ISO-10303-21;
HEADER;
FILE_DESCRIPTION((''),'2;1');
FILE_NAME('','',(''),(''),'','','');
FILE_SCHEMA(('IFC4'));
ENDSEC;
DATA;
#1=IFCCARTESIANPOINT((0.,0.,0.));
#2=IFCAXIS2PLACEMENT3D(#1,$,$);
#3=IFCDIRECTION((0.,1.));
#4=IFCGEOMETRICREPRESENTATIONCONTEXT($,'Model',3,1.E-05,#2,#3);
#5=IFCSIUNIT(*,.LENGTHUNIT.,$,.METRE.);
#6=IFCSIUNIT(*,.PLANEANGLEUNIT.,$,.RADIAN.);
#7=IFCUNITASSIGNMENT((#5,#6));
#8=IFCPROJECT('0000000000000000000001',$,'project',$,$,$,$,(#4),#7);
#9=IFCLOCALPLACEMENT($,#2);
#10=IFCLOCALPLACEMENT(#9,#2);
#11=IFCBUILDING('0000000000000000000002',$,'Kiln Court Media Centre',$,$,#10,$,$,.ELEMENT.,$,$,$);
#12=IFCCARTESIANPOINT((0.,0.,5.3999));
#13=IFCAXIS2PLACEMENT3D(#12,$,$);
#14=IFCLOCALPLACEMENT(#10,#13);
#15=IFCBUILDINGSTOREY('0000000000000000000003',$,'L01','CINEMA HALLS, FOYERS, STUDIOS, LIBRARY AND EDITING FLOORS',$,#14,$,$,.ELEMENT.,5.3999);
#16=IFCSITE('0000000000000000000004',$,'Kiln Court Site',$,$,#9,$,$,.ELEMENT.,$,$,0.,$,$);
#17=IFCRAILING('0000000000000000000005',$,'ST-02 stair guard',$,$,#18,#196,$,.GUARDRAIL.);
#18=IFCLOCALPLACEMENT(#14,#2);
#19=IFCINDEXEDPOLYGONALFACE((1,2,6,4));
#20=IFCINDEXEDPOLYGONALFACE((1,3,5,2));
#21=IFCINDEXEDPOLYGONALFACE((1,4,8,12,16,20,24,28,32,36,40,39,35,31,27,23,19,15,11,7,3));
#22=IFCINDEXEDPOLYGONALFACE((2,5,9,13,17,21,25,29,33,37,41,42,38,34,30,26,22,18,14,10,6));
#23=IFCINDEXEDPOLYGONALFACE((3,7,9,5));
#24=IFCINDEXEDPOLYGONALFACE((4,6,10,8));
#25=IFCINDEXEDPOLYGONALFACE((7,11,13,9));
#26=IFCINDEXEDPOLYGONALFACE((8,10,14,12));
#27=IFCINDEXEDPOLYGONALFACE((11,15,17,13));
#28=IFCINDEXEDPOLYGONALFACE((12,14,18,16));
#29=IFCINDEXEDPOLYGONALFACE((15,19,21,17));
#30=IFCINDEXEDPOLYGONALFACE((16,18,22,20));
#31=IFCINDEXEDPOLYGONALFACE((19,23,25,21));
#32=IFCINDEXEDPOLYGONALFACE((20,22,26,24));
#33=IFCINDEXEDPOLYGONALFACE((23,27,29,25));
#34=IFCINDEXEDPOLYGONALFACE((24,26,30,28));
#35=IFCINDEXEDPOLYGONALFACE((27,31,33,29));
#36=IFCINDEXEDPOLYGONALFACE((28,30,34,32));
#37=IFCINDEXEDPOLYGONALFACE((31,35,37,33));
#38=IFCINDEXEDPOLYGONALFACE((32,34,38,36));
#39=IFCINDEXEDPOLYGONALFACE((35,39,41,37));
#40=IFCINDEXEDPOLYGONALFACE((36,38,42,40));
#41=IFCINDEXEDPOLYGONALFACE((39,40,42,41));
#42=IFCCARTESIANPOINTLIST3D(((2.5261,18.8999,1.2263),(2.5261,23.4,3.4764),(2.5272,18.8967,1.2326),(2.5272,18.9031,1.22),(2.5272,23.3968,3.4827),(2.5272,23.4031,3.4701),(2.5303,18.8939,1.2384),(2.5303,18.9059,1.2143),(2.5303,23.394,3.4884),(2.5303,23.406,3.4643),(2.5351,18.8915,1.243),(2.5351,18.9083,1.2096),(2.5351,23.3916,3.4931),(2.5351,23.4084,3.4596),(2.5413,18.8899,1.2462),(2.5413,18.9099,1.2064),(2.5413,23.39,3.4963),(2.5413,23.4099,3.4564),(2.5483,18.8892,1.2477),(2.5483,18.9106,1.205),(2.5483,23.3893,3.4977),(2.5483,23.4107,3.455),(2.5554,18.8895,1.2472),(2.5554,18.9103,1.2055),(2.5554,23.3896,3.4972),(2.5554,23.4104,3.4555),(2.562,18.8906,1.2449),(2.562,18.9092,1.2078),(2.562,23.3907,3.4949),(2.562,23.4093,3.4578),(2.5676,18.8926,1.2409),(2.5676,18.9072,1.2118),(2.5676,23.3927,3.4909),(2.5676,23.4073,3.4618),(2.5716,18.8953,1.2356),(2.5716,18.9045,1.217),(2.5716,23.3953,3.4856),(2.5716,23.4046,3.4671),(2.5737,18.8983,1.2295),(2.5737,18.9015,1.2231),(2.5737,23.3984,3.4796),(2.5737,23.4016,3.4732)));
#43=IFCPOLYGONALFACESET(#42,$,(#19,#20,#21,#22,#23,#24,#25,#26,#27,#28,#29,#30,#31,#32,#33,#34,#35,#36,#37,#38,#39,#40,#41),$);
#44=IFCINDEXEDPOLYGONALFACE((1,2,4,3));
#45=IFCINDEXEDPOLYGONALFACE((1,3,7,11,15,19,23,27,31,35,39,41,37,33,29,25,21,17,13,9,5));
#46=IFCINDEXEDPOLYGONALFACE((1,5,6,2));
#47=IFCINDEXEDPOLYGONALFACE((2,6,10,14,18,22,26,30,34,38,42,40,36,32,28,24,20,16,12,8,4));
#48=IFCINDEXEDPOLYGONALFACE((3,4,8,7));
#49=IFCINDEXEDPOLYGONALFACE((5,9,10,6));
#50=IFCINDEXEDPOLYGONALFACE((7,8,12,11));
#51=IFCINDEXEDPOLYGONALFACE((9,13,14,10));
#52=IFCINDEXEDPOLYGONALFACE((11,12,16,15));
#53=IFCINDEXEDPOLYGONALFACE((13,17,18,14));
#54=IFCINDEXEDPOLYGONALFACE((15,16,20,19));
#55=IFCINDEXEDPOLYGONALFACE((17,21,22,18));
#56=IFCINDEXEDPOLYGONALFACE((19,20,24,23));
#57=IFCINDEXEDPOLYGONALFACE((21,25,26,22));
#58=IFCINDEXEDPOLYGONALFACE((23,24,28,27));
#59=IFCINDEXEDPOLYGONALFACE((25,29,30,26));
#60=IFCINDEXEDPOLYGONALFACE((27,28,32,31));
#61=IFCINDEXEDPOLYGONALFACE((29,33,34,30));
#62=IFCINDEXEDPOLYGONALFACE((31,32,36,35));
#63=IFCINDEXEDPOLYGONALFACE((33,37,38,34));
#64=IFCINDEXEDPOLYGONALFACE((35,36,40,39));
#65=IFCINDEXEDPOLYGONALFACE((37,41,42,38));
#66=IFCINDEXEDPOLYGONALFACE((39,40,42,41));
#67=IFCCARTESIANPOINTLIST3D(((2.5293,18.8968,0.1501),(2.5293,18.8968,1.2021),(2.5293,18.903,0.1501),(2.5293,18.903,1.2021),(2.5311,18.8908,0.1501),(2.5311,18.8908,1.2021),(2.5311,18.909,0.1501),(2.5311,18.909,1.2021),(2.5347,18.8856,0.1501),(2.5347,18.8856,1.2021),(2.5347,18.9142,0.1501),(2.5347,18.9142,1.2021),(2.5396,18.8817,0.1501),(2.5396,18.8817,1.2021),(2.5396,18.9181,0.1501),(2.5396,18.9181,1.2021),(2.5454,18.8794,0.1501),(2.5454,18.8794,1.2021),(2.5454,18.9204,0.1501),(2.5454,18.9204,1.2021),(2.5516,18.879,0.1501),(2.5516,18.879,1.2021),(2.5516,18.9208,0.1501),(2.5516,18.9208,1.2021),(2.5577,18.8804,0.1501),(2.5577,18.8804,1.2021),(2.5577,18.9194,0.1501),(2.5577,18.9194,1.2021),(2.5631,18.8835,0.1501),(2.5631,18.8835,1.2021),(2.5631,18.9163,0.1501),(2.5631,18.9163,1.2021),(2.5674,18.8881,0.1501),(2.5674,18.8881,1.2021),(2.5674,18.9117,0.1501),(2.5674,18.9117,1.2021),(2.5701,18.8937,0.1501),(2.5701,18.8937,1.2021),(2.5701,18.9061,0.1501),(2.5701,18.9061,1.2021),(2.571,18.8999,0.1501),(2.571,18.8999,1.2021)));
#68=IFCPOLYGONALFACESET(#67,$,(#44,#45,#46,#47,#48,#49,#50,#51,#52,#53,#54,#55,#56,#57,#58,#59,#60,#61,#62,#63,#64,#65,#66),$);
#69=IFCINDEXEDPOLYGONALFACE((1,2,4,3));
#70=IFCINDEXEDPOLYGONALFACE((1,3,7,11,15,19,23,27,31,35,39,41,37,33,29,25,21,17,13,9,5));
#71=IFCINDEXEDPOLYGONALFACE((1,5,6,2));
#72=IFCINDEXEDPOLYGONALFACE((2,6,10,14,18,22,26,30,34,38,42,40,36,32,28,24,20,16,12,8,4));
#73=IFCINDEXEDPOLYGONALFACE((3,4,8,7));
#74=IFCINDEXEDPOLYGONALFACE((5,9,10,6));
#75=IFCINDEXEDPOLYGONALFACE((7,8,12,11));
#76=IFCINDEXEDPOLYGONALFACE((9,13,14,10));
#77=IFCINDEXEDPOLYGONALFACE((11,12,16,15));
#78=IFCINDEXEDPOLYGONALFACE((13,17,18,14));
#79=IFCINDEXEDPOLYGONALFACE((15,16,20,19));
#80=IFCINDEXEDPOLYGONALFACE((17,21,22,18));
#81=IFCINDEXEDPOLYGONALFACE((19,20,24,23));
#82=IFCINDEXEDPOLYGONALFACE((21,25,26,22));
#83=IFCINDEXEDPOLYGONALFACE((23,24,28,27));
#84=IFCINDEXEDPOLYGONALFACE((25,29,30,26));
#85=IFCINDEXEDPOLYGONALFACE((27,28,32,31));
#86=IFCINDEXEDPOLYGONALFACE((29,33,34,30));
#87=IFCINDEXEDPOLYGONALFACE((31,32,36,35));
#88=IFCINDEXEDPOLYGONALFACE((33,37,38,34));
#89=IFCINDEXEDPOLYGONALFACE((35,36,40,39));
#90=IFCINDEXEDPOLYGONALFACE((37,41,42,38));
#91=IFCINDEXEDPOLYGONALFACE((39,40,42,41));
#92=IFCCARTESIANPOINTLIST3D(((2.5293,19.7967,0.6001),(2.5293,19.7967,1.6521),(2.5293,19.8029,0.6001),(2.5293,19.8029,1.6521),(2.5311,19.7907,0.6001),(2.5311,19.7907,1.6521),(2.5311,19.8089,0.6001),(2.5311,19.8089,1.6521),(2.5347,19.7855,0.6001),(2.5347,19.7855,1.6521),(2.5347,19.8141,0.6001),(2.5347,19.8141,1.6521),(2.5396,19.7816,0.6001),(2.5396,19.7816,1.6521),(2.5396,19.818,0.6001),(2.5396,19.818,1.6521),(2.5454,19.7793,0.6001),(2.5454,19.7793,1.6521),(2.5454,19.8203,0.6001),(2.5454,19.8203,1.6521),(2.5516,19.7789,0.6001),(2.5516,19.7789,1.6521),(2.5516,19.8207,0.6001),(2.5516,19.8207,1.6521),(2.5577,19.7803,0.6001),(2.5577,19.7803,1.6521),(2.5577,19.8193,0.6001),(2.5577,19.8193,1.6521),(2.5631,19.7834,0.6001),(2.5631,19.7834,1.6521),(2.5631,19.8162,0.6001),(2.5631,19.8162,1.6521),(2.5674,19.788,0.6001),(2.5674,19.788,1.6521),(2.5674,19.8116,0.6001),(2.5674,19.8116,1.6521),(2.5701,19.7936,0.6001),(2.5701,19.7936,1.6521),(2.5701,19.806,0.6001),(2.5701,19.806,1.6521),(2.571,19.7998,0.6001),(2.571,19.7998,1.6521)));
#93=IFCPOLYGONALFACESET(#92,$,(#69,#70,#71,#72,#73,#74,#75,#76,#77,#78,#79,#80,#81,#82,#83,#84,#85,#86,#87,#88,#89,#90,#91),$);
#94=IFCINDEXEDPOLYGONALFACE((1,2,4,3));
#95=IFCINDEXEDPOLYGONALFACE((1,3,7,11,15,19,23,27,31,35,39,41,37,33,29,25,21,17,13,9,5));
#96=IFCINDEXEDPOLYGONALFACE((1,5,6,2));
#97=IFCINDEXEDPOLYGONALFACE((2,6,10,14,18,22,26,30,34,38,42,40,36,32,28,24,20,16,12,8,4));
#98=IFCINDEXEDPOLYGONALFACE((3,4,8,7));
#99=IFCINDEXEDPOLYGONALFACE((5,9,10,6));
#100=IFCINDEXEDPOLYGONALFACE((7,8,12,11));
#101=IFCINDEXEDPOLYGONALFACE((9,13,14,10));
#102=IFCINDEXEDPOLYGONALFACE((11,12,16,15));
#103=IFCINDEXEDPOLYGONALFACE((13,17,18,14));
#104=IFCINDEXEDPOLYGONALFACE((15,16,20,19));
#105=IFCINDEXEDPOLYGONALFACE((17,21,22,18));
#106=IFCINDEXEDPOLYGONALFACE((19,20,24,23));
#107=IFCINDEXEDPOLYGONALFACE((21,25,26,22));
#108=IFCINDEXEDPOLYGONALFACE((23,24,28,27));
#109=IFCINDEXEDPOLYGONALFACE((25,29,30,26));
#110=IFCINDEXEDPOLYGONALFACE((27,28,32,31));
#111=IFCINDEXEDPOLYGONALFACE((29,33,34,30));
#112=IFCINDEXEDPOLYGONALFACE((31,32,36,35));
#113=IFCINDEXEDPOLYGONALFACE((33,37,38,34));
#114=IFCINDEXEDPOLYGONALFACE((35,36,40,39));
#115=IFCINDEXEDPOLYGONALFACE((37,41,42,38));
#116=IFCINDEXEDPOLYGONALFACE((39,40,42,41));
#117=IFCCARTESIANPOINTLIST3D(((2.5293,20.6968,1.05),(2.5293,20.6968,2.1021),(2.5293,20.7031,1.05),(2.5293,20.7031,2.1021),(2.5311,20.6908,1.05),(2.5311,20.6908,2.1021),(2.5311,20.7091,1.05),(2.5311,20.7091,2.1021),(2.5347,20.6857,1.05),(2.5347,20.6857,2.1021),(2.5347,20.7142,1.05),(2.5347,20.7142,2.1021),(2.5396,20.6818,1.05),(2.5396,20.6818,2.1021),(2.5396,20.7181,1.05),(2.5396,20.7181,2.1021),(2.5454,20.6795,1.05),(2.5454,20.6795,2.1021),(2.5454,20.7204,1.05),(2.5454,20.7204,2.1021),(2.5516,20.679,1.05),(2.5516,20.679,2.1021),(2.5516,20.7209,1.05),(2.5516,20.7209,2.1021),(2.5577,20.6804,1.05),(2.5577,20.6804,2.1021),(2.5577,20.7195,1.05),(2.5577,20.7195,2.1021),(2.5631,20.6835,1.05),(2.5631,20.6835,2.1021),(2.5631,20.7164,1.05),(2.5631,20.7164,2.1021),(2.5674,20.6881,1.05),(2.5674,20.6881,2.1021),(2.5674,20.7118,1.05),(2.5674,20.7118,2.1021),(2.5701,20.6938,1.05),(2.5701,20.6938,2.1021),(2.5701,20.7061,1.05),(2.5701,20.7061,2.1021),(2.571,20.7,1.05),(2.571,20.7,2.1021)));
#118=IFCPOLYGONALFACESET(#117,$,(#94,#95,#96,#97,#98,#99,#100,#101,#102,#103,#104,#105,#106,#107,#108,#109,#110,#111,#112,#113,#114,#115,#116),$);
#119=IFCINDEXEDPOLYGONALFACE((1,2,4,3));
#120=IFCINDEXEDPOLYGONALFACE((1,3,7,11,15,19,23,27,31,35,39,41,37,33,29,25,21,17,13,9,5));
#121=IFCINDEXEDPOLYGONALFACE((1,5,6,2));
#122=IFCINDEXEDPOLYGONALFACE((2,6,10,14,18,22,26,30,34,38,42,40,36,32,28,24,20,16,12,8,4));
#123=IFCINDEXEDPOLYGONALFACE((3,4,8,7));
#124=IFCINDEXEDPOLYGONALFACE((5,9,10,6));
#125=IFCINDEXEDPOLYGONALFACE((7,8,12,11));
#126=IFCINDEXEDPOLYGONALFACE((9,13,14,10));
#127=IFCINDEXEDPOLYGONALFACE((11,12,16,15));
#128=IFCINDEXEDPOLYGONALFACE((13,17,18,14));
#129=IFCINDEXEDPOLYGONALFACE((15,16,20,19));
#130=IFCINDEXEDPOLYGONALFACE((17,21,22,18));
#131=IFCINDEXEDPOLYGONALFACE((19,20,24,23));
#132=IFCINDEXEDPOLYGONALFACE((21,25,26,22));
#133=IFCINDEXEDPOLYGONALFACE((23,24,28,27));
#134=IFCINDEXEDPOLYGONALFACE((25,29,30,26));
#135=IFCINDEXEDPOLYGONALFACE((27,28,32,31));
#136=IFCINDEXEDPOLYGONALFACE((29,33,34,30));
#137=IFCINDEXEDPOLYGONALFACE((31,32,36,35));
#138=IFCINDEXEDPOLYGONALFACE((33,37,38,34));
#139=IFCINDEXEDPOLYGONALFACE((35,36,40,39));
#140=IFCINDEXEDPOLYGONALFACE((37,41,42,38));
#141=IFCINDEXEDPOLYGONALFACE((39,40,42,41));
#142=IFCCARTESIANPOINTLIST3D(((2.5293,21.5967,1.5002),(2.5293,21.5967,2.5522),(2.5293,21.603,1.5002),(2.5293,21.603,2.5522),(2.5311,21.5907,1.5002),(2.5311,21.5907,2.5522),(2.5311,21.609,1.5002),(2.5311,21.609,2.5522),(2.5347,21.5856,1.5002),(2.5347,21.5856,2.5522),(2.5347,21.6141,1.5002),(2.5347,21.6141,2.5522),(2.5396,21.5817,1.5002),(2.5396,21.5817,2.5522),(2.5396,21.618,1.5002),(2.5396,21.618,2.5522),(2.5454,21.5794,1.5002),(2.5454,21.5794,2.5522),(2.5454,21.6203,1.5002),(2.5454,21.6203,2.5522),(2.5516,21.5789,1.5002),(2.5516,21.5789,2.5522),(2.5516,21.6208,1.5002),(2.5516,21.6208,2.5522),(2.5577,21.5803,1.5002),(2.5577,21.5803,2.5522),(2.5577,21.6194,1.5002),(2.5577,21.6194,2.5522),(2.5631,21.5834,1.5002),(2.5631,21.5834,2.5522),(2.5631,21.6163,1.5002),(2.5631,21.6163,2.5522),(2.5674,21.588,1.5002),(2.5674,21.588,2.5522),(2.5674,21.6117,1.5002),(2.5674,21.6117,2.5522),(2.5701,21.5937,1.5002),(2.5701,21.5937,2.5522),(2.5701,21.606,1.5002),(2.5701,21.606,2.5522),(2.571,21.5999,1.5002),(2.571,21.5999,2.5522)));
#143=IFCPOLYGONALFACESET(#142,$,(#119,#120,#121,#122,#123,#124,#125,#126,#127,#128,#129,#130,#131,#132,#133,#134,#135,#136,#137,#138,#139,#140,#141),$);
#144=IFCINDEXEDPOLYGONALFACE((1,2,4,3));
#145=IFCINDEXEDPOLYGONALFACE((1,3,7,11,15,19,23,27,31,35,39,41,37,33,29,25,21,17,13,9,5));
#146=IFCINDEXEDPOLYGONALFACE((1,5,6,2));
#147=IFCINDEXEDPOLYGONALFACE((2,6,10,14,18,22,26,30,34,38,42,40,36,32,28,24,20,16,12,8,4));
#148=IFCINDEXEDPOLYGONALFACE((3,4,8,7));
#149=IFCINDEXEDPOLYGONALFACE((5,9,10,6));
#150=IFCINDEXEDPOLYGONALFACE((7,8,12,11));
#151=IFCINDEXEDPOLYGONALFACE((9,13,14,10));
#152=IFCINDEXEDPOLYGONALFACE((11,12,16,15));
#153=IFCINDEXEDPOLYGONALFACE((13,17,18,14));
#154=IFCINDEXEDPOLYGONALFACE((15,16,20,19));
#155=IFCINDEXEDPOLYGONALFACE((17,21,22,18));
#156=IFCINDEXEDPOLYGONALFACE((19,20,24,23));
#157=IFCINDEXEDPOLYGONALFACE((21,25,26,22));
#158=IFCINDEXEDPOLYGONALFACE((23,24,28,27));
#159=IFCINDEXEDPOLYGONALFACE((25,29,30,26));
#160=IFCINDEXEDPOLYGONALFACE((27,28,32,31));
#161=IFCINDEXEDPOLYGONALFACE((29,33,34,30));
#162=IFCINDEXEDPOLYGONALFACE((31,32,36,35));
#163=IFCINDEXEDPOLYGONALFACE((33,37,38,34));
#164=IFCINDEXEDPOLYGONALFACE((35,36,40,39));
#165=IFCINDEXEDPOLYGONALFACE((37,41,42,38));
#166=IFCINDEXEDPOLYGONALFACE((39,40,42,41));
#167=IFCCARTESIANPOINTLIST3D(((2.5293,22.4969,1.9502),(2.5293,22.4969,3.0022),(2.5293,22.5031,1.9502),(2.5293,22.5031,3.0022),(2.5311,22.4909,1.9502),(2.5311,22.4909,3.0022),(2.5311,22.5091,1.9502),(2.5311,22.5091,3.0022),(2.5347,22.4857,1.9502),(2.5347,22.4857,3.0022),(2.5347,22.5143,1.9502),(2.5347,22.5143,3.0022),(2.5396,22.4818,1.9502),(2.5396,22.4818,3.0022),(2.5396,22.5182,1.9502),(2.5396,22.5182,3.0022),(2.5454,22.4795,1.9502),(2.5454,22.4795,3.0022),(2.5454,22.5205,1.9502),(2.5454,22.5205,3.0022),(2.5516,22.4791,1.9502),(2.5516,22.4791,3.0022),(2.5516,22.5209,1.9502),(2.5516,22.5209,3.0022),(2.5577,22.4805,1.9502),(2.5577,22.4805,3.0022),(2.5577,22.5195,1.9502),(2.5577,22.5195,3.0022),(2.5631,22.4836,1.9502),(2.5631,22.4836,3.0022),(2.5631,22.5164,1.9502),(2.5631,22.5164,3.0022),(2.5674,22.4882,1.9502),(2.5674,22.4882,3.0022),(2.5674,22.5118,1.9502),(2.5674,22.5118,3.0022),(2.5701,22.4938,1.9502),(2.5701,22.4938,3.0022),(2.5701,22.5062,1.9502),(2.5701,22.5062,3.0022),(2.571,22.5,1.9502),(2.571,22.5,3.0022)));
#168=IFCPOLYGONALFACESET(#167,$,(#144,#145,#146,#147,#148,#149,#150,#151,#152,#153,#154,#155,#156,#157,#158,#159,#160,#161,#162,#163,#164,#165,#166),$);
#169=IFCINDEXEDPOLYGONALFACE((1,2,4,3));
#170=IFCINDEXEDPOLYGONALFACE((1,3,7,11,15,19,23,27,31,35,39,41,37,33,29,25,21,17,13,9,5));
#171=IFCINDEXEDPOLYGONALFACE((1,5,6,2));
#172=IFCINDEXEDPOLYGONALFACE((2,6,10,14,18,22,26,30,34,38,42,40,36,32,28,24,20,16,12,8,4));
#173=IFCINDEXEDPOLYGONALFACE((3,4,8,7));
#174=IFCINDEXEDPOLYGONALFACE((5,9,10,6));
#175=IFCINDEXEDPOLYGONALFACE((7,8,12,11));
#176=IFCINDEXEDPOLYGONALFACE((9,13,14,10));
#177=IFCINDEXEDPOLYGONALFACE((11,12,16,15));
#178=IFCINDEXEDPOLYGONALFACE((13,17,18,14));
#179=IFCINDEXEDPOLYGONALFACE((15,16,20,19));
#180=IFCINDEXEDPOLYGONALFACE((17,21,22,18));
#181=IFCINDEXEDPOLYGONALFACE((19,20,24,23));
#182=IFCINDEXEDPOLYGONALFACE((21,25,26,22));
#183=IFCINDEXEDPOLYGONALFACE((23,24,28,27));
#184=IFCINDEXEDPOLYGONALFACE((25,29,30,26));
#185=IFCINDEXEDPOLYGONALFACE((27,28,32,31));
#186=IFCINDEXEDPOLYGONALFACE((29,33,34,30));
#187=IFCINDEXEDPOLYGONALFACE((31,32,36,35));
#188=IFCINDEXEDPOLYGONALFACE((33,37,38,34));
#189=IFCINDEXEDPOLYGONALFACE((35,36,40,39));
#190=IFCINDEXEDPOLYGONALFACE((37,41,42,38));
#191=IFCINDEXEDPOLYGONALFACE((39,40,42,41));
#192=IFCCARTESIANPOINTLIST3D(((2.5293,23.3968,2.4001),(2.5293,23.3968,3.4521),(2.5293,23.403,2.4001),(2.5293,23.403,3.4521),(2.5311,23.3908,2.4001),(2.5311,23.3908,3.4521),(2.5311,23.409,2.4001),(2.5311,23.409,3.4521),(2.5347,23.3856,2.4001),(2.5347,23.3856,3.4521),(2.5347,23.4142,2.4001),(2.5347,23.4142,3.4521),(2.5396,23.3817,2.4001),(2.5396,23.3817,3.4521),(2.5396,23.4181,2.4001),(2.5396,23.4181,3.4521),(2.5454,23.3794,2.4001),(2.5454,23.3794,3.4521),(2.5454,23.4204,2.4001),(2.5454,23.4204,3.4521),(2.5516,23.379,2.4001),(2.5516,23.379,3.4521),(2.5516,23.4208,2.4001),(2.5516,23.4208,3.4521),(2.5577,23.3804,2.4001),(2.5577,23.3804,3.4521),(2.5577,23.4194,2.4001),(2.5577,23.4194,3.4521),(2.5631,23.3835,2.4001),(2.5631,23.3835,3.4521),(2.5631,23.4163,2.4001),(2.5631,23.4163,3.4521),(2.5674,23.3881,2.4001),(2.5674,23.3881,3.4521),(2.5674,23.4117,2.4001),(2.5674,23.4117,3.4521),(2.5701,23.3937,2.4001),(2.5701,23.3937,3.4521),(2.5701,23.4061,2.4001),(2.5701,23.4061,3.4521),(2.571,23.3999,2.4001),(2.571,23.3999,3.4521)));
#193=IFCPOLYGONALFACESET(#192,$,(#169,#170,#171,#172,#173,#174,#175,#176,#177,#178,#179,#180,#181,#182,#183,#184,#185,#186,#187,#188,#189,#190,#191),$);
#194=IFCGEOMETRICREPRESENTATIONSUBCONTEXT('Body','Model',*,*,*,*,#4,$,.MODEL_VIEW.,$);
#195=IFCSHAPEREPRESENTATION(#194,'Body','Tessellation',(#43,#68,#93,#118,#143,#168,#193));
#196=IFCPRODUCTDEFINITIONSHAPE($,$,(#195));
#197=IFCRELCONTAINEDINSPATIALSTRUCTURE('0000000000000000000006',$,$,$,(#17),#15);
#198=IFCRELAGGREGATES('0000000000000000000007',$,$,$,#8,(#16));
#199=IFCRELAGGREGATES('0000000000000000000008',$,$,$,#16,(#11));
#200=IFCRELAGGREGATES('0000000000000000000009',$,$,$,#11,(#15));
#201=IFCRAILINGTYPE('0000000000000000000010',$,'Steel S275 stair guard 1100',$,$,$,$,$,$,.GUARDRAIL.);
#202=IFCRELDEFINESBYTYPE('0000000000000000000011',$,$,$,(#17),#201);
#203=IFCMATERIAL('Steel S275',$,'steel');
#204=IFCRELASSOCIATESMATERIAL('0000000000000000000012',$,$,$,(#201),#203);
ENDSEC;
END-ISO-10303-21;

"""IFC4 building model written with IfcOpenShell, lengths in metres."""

from ifc_helpers import new_model, si_unit, direction, frame, origin, origin_2d, place, context, subcontext, project, spatial, circle, extrude, material, type_object, element, save


model = new_model("IFC4")

# Units and contexts
model_context = context("Model", 3, precision=1e-05, world=origin(), true_north=direction((0.0, 1.0)))
body_context = subcontext(model_context, "Body", "Model", "MODEL_VIEW")
ifc_project = project(units=[si_unit("LENGTHUNIT", "METRE"), si_unit("PLANEANGLEUNIT", "RADIAN")], contexts=[model_context])

# Site, building, storey
site_placement = place(None, origin())
site = spatial("IfcSite", under=ifc_project, at=site_placement, Name="Kiln Court Site", CompositionType="ELEMENT", RefElevation=0.0)
building_placement = place(site_placement, origin())
building = spatial("IfcBuilding", under=site, at=building_placement, Name="Kiln Court Media Centre", CompositionType="ELEMENT")
storey_placement = place(building_placement, frame((0.0, 0.0, 5.3999)))
storey = spatial("IfcBuildingStorey", under=building, at=storey_placement, Name="L01", Description="CINEMA HALLS, FOYERS, STUDIOS, LIBRARY AND EDITING FLOORS", CompositionType="ELEMENT", Elevation=5.3999)

# Railing
ifc_material_1 = material(Name="Steel S275", Category="steel")
railing_type_1 = type_object("IfcRailingType", Name="Steel S275 stair guard 1100", PredefinedType="GUARDRAIL", material=ifc_material_1)
railing_1_placement = place(storey_placement, frame((2.55, 18.8999, 0.1501)))
element("IfcRailing", 1, at=railing_1_placement, inside=storey, type_object=railing_type_1, Name="ST-02 stair guard", PredefinedType="GUARDRAIL", context=body_context, shape_type="SweptSolid", body=[
    extrude(circle(Radius=0.0239, at=origin_2d()), frame((0.0, 0.0, 1.0762), z_axis=(0.0, 0.894427, 0.447214), x_axis=(-1.0, 0.0, 0.0)), (0.0, 0.0, 1.0), 5.0312),
    extrude(circle(Radius=0.021, at=origin_2d()), origin(), (0.0, 0.0, 1.0), 1.052),
    extrude(circle(Radius=0.021, at=origin_2d()), frame((0.0, 0.8999, 0.45)), (0.0, 0.0, 1.0), 1.052),
    extrude(circle(Radius=0.021, at=origin_2d()), frame((0.0, 1.8, 0.8999)), (0.0, 0.0, 1.0), 1.052),
    extrude(circle(Radius=0.021, at=origin_2d()), frame((0.0, 2.7, 1.3501)), (0.0, 0.0, 1.0), 1.052),
    extrude(circle(Radius=0.021, at=origin_2d()), frame((0.0, 3.6001, 1.8)), (0.0, 0.0, 1.0), 1.052),
    extrude(circle(Radius=0.021, at=origin_2d()), frame((0.0, 4.5, 2.25)), (0.0, 0.0, 1.0), 1.052),
])

save(model, "model.ifc")
